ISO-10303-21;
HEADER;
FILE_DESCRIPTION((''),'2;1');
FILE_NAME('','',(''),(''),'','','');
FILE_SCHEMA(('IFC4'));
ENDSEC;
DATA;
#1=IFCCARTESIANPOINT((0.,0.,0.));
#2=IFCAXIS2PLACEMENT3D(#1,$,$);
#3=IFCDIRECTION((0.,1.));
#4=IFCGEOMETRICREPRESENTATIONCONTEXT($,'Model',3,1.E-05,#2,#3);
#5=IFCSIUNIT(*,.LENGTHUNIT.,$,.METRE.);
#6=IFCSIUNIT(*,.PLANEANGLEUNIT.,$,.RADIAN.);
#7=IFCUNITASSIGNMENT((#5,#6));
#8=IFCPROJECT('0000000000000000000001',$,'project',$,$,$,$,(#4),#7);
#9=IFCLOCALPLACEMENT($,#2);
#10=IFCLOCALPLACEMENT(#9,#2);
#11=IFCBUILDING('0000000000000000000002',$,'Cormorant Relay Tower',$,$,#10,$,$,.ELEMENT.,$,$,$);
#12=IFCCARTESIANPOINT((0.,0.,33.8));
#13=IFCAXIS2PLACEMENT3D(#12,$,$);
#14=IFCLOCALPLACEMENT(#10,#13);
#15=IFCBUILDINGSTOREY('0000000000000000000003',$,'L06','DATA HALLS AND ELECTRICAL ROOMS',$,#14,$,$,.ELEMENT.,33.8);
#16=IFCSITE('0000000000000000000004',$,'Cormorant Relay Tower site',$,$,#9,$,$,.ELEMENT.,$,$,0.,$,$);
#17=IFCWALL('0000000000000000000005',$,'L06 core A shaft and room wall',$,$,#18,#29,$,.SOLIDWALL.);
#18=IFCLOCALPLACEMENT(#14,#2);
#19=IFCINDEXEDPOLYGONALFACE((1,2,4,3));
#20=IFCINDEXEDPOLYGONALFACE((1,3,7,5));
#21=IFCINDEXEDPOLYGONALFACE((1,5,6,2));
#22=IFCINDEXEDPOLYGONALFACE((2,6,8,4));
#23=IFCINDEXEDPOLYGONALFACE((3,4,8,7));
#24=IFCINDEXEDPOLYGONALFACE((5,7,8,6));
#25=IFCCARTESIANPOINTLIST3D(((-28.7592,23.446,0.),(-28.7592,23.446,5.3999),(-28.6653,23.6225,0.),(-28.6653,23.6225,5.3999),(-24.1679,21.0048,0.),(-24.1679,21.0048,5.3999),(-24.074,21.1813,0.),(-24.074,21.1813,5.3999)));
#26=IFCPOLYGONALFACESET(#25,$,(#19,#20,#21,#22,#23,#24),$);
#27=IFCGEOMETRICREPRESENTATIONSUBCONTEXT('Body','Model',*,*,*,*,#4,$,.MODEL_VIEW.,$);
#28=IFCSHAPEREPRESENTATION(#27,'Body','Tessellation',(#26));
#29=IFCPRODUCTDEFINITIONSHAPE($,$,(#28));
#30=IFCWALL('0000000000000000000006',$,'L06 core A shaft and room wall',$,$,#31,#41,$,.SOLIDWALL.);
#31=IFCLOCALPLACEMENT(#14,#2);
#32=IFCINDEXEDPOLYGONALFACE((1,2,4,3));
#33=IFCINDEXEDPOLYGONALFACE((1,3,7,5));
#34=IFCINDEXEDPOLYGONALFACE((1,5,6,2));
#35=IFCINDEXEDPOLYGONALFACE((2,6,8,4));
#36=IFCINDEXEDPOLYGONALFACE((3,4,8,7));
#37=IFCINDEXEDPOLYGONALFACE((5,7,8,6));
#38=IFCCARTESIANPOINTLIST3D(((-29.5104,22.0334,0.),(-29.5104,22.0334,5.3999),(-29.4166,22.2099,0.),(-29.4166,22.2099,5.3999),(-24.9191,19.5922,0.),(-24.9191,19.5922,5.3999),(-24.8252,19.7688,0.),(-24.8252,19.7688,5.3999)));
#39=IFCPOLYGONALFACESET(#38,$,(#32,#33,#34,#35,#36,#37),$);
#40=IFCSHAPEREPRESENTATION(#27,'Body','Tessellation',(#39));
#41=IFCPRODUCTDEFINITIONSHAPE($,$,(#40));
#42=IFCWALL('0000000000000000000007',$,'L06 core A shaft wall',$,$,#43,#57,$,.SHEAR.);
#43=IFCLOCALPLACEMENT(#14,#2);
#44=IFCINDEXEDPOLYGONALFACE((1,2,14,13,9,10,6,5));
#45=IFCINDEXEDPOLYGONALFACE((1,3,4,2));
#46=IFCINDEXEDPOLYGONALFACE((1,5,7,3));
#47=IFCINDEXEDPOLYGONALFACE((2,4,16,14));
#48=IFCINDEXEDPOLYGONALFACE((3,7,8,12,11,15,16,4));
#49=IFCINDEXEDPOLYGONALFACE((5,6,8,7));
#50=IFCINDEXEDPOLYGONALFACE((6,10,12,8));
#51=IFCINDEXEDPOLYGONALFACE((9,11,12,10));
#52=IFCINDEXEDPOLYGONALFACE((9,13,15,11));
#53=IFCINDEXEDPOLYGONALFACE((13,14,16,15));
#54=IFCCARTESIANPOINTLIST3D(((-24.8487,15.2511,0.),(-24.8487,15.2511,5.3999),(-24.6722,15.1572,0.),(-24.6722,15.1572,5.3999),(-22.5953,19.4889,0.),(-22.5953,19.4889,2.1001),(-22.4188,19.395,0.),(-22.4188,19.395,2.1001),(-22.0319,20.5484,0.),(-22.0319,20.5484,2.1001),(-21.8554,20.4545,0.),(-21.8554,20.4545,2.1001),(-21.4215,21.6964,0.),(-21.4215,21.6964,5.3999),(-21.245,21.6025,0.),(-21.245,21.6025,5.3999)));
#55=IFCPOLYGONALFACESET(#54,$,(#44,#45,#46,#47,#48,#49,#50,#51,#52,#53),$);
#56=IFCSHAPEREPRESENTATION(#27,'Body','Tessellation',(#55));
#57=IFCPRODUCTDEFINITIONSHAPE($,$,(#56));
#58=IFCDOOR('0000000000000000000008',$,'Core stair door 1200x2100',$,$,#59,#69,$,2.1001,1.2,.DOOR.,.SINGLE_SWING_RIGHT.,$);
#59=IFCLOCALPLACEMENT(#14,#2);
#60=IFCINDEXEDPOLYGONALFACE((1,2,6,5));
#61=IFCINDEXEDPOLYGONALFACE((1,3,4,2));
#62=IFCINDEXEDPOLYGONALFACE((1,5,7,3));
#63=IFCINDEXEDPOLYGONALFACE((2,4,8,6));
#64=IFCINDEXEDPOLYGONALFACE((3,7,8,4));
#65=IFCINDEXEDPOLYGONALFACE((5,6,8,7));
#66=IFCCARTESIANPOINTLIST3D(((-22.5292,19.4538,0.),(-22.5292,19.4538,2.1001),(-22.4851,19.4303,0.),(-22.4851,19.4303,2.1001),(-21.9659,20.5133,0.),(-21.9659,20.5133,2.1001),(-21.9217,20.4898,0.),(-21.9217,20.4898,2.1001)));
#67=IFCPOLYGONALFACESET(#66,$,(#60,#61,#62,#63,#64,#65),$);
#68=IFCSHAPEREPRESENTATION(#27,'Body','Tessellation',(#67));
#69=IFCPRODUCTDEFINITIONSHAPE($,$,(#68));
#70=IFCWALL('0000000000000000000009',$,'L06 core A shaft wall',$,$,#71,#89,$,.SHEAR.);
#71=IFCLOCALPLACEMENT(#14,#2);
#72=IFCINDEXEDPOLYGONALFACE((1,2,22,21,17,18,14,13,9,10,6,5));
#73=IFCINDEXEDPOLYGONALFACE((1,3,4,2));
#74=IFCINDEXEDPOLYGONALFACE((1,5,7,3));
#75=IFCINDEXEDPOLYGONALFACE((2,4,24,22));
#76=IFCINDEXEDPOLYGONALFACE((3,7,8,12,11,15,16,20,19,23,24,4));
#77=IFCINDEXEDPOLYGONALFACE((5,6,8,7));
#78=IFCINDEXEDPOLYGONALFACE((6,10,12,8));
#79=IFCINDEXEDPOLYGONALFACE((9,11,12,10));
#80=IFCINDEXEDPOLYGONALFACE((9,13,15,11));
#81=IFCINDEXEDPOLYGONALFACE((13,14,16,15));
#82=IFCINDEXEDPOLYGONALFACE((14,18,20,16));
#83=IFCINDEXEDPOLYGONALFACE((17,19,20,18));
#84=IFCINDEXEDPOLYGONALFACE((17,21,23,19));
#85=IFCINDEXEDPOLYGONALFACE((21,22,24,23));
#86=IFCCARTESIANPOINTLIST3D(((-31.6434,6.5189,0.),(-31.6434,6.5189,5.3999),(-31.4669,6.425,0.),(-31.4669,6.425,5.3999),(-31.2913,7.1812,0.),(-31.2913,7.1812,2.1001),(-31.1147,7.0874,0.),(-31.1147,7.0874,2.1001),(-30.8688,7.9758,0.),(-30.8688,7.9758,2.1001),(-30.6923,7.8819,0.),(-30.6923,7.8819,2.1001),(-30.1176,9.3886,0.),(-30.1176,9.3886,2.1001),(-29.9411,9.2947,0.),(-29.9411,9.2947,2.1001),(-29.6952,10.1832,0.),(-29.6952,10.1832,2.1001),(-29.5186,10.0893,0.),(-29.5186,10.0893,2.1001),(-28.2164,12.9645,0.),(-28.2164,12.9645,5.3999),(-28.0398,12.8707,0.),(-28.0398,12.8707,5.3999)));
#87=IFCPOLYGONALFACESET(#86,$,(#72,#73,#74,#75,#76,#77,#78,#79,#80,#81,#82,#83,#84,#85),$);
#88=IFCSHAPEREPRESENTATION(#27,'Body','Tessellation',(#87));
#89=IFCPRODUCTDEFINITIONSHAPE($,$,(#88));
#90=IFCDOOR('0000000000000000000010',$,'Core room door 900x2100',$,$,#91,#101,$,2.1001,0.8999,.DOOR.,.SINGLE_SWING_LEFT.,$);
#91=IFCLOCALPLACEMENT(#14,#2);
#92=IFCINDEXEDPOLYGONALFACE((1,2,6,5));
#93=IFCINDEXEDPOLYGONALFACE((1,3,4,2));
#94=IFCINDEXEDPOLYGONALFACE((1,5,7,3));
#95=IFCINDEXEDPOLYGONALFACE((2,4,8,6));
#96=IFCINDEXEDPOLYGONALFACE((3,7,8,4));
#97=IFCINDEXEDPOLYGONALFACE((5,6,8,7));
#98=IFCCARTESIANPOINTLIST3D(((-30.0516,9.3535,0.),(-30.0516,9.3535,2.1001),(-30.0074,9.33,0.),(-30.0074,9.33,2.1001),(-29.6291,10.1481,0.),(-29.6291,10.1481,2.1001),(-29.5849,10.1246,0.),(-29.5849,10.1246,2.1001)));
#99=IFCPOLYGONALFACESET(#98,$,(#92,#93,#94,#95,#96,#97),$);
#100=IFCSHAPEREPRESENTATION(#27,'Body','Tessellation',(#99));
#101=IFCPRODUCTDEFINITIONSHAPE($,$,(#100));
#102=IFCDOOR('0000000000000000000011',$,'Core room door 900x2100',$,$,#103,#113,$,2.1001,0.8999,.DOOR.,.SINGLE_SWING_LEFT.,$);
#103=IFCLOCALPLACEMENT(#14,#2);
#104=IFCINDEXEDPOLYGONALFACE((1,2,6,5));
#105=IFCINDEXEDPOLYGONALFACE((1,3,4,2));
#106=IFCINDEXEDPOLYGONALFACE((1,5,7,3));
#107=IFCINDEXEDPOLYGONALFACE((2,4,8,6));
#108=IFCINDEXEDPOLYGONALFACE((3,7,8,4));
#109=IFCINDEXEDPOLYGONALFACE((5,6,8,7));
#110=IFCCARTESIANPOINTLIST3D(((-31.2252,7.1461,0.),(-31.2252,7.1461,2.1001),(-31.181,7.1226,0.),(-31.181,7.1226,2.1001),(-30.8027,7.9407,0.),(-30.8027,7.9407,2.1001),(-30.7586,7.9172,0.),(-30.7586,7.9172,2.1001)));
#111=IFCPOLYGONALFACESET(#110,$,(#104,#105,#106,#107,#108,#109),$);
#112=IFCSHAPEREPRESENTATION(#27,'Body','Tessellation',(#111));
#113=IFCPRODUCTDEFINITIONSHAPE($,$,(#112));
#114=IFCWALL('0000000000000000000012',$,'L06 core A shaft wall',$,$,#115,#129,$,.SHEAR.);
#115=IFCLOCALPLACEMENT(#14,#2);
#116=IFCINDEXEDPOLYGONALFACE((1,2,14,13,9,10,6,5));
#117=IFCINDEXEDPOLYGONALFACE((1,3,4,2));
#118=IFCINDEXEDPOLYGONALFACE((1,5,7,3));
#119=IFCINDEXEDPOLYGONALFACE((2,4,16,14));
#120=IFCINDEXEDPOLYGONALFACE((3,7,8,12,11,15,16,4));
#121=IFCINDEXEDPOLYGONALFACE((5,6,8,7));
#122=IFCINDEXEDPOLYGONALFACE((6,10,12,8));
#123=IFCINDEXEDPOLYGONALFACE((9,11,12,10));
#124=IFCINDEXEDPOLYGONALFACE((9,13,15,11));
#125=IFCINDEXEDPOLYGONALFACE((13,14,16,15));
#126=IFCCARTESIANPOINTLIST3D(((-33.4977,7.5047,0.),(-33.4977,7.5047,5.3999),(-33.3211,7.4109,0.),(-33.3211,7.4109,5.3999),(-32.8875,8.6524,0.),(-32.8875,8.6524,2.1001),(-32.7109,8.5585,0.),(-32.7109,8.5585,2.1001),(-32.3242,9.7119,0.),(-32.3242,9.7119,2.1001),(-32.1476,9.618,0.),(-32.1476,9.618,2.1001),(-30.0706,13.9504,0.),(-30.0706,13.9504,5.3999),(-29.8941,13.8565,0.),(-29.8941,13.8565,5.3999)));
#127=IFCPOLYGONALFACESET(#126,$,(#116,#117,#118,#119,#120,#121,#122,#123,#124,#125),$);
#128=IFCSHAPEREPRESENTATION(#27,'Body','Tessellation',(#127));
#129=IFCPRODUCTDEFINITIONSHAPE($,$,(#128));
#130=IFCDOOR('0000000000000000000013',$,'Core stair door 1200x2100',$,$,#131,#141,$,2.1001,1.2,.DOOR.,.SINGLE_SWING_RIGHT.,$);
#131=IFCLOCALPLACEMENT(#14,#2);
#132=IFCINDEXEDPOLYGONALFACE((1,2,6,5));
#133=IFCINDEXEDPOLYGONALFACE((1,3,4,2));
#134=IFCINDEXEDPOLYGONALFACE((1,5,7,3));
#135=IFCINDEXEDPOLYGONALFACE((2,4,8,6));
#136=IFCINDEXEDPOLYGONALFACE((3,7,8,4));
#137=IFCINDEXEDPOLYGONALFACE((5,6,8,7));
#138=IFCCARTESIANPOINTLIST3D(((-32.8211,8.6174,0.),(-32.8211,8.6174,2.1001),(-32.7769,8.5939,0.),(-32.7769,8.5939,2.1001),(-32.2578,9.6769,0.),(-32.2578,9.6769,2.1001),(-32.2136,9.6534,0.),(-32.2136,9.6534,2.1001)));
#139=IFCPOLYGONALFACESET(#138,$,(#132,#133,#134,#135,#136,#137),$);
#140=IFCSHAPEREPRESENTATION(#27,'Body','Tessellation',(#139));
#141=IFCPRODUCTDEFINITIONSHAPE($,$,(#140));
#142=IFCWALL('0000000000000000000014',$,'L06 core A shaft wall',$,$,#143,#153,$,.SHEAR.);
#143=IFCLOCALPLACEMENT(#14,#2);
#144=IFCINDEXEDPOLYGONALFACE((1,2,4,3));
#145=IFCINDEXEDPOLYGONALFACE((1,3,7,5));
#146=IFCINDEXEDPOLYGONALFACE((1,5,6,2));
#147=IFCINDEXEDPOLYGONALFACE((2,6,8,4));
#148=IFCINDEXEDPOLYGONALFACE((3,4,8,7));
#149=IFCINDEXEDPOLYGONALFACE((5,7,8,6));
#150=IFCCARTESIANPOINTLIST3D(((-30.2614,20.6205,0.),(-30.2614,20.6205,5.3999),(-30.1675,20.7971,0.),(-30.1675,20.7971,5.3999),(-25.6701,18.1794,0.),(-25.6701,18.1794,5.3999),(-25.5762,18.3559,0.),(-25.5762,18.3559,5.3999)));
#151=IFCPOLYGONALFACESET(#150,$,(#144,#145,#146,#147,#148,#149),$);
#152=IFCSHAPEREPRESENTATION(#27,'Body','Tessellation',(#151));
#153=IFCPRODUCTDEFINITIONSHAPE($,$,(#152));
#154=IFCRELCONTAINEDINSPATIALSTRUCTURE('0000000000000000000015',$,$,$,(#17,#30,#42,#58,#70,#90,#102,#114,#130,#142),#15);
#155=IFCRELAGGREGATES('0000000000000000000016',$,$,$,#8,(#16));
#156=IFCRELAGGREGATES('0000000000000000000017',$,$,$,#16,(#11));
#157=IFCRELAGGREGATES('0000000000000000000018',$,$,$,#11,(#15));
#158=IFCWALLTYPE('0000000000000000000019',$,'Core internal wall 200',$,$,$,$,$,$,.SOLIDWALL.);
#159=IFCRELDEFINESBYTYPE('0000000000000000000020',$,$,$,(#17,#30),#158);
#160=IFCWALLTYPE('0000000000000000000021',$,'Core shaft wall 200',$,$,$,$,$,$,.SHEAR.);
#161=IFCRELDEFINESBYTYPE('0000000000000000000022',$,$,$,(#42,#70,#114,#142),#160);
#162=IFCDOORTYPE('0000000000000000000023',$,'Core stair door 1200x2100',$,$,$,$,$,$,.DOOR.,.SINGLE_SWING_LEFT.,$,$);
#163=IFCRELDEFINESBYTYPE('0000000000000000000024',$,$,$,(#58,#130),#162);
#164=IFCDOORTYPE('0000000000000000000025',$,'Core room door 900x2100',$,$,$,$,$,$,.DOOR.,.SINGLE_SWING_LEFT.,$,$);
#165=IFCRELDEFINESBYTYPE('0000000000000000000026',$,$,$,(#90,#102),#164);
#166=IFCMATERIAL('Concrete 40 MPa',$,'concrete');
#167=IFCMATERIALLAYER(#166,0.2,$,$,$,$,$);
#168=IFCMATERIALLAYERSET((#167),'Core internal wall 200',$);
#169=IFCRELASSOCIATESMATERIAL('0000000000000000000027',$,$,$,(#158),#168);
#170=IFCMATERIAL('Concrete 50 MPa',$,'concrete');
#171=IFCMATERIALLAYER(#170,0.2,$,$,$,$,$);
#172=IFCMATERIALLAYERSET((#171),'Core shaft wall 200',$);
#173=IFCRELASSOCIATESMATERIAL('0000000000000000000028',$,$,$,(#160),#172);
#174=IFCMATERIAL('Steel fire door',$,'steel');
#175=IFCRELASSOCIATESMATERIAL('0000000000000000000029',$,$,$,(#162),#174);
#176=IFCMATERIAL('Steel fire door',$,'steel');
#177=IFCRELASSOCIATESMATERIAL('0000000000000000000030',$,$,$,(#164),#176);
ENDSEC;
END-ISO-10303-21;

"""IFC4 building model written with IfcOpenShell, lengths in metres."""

from ifc_helpers import new_model, si_unit, direction, frame, frame_2d, origin, place, context, subcontext, project, spatial, rectangle, extrude, material, layer, layer_set, type_object, element, fill, save


model = new_model("IFC4")

# Units and contexts
model_context = context("Model", 3, precision=1e-05, world=origin(), true_north=direction((0.0, 1.0)))
body_context = subcontext(model_context, "Body", "Model", "MODEL_VIEW")
ifc_project = project(units=[si_unit("LENGTHUNIT", "METRE"), si_unit("PLANEANGLEUNIT", "RADIAN")], contexts=[model_context])

# Site, building, storey
site_placement = place(None, origin())
site = spatial("IfcSite", under=ifc_project, at=site_placement, Name="Cormorant Relay Tower site", CompositionType="ELEMENT", RefElevation=0.0)
building_placement = place(site_placement, origin())
building = spatial("IfcBuilding", under=site, at=building_placement, Name="Cormorant Relay Tower", CompositionType="ELEMENT")
storey_placement = place(building_placement, frame((0.0, 0.0, 33.8)))
storey = spatial("IfcBuildingStorey", under=building, at=storey_placement, Name="L06", Description="DATA HALLS AND ELECTRICAL ROOMS", CompositionType="ELEMENT", Elevation=33.8)

# Walls
ifc_material_1 = material(Name="Concrete 40 MPa", Category="concrete")
ifc_layer_1 = layer(ifc_material_1, 0.2)
ifc_layer_set_1 = layer_set([ifc_layer_1], Name="Core internal wall 200")
wall_type_1 = type_object("IfcWallType", Name="Core internal wall 200", PredefinedType="SOLIDWALL", material=ifc_layer_set_1)
for number, where, z_axis, x_axis, name in (
    (1, (-24.1208, 21.093, 0.0), (0.0, 0.0, 1.0), (-0.882954, 0.46946, 0.0), "L06 core A shaft and room wall"),
    (2, (-24.8721, 19.6804, 0.0), (0.0, 0.0, 1.0), (-0.882954, 0.46946, 0.0), "L06 core A shaft and room wall"),
):
    element("IfcWall", number, at=place(storey_placement, frame(where, z_axis=z_axis, x_axis=x_axis)), inside=storey, type_object=wall_type_1, Name=name, PredefinedType="SOLIDWALL", context=body_context, shape_type="SweptSolid", body=[
        extrude(rectangle(XDim=5.2, YDim=0.2, at=frame_2d((2.6001, 0.0))), origin(), (0.0, 0.0, 1.0), 5.3999),
    ])

# Wall, opening, door
ifc_material_2 = material(Name="Concrete 50 MPa", Category="concrete")
ifc_layer_2 = layer(ifc_material_2, 0.2)
ifc_layer_set_2 = layer_set([ifc_layer_2], Name="Core shaft wall 200")
wall_type_2 = type_object("IfcWallType", Name="Core shaft wall 200", PredefinedType="SHEAR", material=ifc_layer_set_2)
wall_1_placement = place(storey_placement, frame((-21.3333, 21.6494, 0.0), z_axis=(0.0, 0.0, 1.0), x_axis=(-0.469494, -0.882936, 0.0)))
wall_1 = element("IfcWall", 3, at=wall_1_placement, inside=storey, type_object=wall_type_2, Name="L06 core A shaft wall", PredefinedType="SHEAR", context=body_context, shape_type="SweptSolid", body=[
    extrude(rectangle(XDim=7.2998, YDim=0.2, at=frame_2d((3.6499, 0.0))), origin(), (0.0, 0.0, 1.0), 5.3999),
])
opening_1_placement = place(wall_1_placement, frame((1.3, 0.0, 0.0)))
opening_1 = element("IfcOpeningElement", 4, at=opening_1_placement, cuts=wall_1, PredefinedType="OPENING", context=body_context, shape_type="SweptSolid", body=[
    extrude(rectangle(XDim=1.2, YDim=2.1001, at=frame_2d((0.6001, 1.05))), frame((0.0, 0.1099, 0.0), z_axis=(0.0, -1.0, 0.0), x_axis=(1.0, 0.0, 0.0)), (0.0, 0.0, 1.0), 0.22),
])
ifc_material_3 = material(Name="Steel fire door", Category="steel")
door_type_1 = type_object("IfcDoorType", Name="Core stair door 1200x2100", OperationType="SINGLE_SWING_LEFT", PredefinedType="DOOR", material=ifc_material_3)
door_1_placement = place(opening_1_placement, origin())
door_1 = element("IfcDoor", 5, at=door_1_placement, inside=storey, type_object=door_type_1, Name="Core stair door 1200x2100", OperationType="SINGLE_SWING_RIGHT", OverallHeight=2.1001, OverallWidth=1.2, PredefinedType="DOOR", context=body_context, shape_type="SweptSolid", body=[
    extrude(rectangle(XDim=1.2, YDim=2.1001, at=frame_2d((0.6001, 1.05))), frame((0.0, 0.0249, 0.0), z_axis=(0.0, -1.0, 0.0), x_axis=(1.0, 0.0, 0.0)), (0.0, 0.0, 1.0), 0.05),
])
fill(opening_1, door_1)

# Wall, openings, doors
wall_2_placement = place(storey_placement, frame((-28.1282, 12.9175, 0.0), z_axis=(0.0, 0.0, 1.0), x_axis=(-0.469454, -0.882957, 0.0)))
wall_2 = element("IfcWall", 6, at=wall_2_placement, inside=storey, type_object=wall_type_2, Name="L06 core A shaft wall", PredefinedType="SHEAR", context=body_context, shape_type="SweptSolid", body=[
    extrude(rectangle(XDim=7.3, YDim=0.2, at=frame_2d((3.6499, 0.0))), origin(), (0.0, 0.0, 1.0), 5.3999),
])
opening_2_placement = place(wall_2_placement, frame((3.1499, 0.0, 0.0)))
opening_2 = element("IfcOpeningElement", 7, at=opening_2_placement, cuts=wall_2, PredefinedType="OPENING", context=body_context, shape_type="SweptSolid", body=[
    extrude(rectangle(XDim=0.8999, YDim=2.1001, at=frame_2d((0.45, 1.05))), frame((0.0, 0.1099, 0.0), z_axis=(0.0, -1.0, 0.0), x_axis=(1.0, 0.0, 0.0)), (0.0, 0.0, 1.0), 0.22),
])
opening_3_placement = place(wall_2_placement, frame((5.6499, 0.0, 0.0)))
opening_3 = element("IfcOpeningElement", 8, at=opening_3_placement, cuts=wall_2, PredefinedType="OPENING", context=body_context, shape_type="SweptSolid", body=[
    extrude(rectangle(XDim=0.8999, YDim=2.1001, at=frame_2d((0.45, 1.05))), frame((0.0, 0.1099, 0.0), z_axis=(0.0, -1.0, 0.0), x_axis=(1.0, 0.0, 0.0)), (0.0, 0.0, 1.0), 0.22),
])
ifc_material_4 = material(Name="Steel fire door", Category="steel")
door_type_2 = type_object("IfcDoorType", Name="Core room door 900x2100", OperationType="SINGLE_SWING_LEFT", PredefinedType="DOOR", material=ifc_material_4)
door_2_placement = place(opening_2_placement, origin())
door_2 = element("IfcDoor", 9, at=door_2_placement, inside=storey, type_object=door_type_2, Name="Core room door 900x2100", OperationType="SINGLE_SWING_LEFT", OverallHeight=2.1001, OverallWidth=0.8999, PredefinedType="DOOR", context=body_context, shape_type="SweptSolid", body=[
    extrude(rectangle(XDim=0.8999, YDim=2.1001, at=frame_2d((0.45, 1.05))), frame((0.0, 0.0249, 0.0), z_axis=(0.0, -1.0, 0.0), x_axis=(1.0, 0.0, 0.0)), (0.0, 0.0, 1.0), 0.05),
])
fill(opening_2, door_2)
door_3_placement = place(opening_3_placement, origin())
door_3 = element("IfcDoor", 10, at=door_3_placement, inside=storey, type_object=door_type_2, Name="Core room door 900x2100", OperationType="SINGLE_SWING_LEFT", OverallHeight=2.1001, OverallWidth=0.8999, PredefinedType="DOOR", context=body_context, shape_type="SweptSolid", body=[
    extrude(rectangle(XDim=0.8999, YDim=2.1001, at=frame_2d((0.45, 1.05))), frame((0.0, 0.0249, 0.0), z_axis=(0.0, -1.0, 0.0), x_axis=(1.0, 0.0, 0.0)), (0.0, 0.0, 1.0), 0.05),
])
fill(opening_3, door_3)

# Wall, opening, door
wall_3_placement = place(storey_placement, frame((-29.9824, 13.9033, 0.0), z_axis=(0.0, 0.0, 1.0), x_axis=(-0.469454, -0.882957, 0.0)))
wall_3 = element("IfcWall", 11, at=wall_3_placement, inside=storey, type_object=wall_type_2, Name="L06 core A shaft wall", PredefinedType="SHEAR", context=body_context, shape_type="SweptSolid", body=[
    extrude(rectangle(XDim=7.3, YDim=0.2, at=frame_2d((3.6499, 0.0))), origin(), (0.0, 0.0, 1.0), 5.3999),
])
opening_4_placement = place(wall_3_placement, frame((4.8, 0.0, 0.0)))
opening_4 = element("IfcOpeningElement", 12, at=opening_4_placement, cuts=wall_3, PredefinedType="OPENING", context=body_context, shape_type="SweptSolid", body=[
    extrude(rectangle(XDim=1.2, YDim=2.1001, at=frame_2d((0.6001, 1.05))), frame((0.0, 0.1099, 0.0), z_axis=(0.0, -1.0, 0.0), x_axis=(1.0, 0.0, 0.0)), (0.0, 0.0, 1.0), 0.22),
])
door_4_placement = place(opening_4_placement, frame((1.2, 0.0, 0.0), z_axis=(0.0, 0.0, 1.0), x_axis=(-1.0, 0.0, 0.0)))
door_4 = element("IfcDoor", 13, at=door_4_placement, inside=storey, type_object=door_type_1, Name="Core stair door 1200x2100", OperationType="SINGLE_SWING_RIGHT", OverallHeight=2.1001, OverallWidth=1.2, PredefinedType="DOOR", context=body_context, shape_type="SweptSolid", body=[
    extrude(rectangle(XDim=1.2, YDim=2.1001, at=frame_2d((0.6001, 1.05))), frame((0.0, 0.0249, 0.0), z_axis=(0.0, -1.0, 0.0), x_axis=(1.0, 0.0, 0.0)), (0.0, 0.0, 1.0), 0.05),
])
fill(opening_4, door_4)

# Wall
wall_4_placement = place(storey_placement, frame((-25.623, 18.2676, 0.0), z_axis=(0.0, 0.0, 1.0), x_axis=(-0.882954, 0.46946, 0.0)))
element("IfcWall", 14, at=wall_4_placement, inside=storey, type_object=wall_type_2, Name="L06 core A shaft wall", PredefinedType="SHEAR", context=body_context, shape_type="SweptSolid", body=[
    extrude(rectangle(XDim=5.2, YDim=0.2, at=frame_2d((2.6001, 0.0))), origin(), (0.0, 0.0, 1.0), 5.3999),
])

save(model, "model.ifc")
